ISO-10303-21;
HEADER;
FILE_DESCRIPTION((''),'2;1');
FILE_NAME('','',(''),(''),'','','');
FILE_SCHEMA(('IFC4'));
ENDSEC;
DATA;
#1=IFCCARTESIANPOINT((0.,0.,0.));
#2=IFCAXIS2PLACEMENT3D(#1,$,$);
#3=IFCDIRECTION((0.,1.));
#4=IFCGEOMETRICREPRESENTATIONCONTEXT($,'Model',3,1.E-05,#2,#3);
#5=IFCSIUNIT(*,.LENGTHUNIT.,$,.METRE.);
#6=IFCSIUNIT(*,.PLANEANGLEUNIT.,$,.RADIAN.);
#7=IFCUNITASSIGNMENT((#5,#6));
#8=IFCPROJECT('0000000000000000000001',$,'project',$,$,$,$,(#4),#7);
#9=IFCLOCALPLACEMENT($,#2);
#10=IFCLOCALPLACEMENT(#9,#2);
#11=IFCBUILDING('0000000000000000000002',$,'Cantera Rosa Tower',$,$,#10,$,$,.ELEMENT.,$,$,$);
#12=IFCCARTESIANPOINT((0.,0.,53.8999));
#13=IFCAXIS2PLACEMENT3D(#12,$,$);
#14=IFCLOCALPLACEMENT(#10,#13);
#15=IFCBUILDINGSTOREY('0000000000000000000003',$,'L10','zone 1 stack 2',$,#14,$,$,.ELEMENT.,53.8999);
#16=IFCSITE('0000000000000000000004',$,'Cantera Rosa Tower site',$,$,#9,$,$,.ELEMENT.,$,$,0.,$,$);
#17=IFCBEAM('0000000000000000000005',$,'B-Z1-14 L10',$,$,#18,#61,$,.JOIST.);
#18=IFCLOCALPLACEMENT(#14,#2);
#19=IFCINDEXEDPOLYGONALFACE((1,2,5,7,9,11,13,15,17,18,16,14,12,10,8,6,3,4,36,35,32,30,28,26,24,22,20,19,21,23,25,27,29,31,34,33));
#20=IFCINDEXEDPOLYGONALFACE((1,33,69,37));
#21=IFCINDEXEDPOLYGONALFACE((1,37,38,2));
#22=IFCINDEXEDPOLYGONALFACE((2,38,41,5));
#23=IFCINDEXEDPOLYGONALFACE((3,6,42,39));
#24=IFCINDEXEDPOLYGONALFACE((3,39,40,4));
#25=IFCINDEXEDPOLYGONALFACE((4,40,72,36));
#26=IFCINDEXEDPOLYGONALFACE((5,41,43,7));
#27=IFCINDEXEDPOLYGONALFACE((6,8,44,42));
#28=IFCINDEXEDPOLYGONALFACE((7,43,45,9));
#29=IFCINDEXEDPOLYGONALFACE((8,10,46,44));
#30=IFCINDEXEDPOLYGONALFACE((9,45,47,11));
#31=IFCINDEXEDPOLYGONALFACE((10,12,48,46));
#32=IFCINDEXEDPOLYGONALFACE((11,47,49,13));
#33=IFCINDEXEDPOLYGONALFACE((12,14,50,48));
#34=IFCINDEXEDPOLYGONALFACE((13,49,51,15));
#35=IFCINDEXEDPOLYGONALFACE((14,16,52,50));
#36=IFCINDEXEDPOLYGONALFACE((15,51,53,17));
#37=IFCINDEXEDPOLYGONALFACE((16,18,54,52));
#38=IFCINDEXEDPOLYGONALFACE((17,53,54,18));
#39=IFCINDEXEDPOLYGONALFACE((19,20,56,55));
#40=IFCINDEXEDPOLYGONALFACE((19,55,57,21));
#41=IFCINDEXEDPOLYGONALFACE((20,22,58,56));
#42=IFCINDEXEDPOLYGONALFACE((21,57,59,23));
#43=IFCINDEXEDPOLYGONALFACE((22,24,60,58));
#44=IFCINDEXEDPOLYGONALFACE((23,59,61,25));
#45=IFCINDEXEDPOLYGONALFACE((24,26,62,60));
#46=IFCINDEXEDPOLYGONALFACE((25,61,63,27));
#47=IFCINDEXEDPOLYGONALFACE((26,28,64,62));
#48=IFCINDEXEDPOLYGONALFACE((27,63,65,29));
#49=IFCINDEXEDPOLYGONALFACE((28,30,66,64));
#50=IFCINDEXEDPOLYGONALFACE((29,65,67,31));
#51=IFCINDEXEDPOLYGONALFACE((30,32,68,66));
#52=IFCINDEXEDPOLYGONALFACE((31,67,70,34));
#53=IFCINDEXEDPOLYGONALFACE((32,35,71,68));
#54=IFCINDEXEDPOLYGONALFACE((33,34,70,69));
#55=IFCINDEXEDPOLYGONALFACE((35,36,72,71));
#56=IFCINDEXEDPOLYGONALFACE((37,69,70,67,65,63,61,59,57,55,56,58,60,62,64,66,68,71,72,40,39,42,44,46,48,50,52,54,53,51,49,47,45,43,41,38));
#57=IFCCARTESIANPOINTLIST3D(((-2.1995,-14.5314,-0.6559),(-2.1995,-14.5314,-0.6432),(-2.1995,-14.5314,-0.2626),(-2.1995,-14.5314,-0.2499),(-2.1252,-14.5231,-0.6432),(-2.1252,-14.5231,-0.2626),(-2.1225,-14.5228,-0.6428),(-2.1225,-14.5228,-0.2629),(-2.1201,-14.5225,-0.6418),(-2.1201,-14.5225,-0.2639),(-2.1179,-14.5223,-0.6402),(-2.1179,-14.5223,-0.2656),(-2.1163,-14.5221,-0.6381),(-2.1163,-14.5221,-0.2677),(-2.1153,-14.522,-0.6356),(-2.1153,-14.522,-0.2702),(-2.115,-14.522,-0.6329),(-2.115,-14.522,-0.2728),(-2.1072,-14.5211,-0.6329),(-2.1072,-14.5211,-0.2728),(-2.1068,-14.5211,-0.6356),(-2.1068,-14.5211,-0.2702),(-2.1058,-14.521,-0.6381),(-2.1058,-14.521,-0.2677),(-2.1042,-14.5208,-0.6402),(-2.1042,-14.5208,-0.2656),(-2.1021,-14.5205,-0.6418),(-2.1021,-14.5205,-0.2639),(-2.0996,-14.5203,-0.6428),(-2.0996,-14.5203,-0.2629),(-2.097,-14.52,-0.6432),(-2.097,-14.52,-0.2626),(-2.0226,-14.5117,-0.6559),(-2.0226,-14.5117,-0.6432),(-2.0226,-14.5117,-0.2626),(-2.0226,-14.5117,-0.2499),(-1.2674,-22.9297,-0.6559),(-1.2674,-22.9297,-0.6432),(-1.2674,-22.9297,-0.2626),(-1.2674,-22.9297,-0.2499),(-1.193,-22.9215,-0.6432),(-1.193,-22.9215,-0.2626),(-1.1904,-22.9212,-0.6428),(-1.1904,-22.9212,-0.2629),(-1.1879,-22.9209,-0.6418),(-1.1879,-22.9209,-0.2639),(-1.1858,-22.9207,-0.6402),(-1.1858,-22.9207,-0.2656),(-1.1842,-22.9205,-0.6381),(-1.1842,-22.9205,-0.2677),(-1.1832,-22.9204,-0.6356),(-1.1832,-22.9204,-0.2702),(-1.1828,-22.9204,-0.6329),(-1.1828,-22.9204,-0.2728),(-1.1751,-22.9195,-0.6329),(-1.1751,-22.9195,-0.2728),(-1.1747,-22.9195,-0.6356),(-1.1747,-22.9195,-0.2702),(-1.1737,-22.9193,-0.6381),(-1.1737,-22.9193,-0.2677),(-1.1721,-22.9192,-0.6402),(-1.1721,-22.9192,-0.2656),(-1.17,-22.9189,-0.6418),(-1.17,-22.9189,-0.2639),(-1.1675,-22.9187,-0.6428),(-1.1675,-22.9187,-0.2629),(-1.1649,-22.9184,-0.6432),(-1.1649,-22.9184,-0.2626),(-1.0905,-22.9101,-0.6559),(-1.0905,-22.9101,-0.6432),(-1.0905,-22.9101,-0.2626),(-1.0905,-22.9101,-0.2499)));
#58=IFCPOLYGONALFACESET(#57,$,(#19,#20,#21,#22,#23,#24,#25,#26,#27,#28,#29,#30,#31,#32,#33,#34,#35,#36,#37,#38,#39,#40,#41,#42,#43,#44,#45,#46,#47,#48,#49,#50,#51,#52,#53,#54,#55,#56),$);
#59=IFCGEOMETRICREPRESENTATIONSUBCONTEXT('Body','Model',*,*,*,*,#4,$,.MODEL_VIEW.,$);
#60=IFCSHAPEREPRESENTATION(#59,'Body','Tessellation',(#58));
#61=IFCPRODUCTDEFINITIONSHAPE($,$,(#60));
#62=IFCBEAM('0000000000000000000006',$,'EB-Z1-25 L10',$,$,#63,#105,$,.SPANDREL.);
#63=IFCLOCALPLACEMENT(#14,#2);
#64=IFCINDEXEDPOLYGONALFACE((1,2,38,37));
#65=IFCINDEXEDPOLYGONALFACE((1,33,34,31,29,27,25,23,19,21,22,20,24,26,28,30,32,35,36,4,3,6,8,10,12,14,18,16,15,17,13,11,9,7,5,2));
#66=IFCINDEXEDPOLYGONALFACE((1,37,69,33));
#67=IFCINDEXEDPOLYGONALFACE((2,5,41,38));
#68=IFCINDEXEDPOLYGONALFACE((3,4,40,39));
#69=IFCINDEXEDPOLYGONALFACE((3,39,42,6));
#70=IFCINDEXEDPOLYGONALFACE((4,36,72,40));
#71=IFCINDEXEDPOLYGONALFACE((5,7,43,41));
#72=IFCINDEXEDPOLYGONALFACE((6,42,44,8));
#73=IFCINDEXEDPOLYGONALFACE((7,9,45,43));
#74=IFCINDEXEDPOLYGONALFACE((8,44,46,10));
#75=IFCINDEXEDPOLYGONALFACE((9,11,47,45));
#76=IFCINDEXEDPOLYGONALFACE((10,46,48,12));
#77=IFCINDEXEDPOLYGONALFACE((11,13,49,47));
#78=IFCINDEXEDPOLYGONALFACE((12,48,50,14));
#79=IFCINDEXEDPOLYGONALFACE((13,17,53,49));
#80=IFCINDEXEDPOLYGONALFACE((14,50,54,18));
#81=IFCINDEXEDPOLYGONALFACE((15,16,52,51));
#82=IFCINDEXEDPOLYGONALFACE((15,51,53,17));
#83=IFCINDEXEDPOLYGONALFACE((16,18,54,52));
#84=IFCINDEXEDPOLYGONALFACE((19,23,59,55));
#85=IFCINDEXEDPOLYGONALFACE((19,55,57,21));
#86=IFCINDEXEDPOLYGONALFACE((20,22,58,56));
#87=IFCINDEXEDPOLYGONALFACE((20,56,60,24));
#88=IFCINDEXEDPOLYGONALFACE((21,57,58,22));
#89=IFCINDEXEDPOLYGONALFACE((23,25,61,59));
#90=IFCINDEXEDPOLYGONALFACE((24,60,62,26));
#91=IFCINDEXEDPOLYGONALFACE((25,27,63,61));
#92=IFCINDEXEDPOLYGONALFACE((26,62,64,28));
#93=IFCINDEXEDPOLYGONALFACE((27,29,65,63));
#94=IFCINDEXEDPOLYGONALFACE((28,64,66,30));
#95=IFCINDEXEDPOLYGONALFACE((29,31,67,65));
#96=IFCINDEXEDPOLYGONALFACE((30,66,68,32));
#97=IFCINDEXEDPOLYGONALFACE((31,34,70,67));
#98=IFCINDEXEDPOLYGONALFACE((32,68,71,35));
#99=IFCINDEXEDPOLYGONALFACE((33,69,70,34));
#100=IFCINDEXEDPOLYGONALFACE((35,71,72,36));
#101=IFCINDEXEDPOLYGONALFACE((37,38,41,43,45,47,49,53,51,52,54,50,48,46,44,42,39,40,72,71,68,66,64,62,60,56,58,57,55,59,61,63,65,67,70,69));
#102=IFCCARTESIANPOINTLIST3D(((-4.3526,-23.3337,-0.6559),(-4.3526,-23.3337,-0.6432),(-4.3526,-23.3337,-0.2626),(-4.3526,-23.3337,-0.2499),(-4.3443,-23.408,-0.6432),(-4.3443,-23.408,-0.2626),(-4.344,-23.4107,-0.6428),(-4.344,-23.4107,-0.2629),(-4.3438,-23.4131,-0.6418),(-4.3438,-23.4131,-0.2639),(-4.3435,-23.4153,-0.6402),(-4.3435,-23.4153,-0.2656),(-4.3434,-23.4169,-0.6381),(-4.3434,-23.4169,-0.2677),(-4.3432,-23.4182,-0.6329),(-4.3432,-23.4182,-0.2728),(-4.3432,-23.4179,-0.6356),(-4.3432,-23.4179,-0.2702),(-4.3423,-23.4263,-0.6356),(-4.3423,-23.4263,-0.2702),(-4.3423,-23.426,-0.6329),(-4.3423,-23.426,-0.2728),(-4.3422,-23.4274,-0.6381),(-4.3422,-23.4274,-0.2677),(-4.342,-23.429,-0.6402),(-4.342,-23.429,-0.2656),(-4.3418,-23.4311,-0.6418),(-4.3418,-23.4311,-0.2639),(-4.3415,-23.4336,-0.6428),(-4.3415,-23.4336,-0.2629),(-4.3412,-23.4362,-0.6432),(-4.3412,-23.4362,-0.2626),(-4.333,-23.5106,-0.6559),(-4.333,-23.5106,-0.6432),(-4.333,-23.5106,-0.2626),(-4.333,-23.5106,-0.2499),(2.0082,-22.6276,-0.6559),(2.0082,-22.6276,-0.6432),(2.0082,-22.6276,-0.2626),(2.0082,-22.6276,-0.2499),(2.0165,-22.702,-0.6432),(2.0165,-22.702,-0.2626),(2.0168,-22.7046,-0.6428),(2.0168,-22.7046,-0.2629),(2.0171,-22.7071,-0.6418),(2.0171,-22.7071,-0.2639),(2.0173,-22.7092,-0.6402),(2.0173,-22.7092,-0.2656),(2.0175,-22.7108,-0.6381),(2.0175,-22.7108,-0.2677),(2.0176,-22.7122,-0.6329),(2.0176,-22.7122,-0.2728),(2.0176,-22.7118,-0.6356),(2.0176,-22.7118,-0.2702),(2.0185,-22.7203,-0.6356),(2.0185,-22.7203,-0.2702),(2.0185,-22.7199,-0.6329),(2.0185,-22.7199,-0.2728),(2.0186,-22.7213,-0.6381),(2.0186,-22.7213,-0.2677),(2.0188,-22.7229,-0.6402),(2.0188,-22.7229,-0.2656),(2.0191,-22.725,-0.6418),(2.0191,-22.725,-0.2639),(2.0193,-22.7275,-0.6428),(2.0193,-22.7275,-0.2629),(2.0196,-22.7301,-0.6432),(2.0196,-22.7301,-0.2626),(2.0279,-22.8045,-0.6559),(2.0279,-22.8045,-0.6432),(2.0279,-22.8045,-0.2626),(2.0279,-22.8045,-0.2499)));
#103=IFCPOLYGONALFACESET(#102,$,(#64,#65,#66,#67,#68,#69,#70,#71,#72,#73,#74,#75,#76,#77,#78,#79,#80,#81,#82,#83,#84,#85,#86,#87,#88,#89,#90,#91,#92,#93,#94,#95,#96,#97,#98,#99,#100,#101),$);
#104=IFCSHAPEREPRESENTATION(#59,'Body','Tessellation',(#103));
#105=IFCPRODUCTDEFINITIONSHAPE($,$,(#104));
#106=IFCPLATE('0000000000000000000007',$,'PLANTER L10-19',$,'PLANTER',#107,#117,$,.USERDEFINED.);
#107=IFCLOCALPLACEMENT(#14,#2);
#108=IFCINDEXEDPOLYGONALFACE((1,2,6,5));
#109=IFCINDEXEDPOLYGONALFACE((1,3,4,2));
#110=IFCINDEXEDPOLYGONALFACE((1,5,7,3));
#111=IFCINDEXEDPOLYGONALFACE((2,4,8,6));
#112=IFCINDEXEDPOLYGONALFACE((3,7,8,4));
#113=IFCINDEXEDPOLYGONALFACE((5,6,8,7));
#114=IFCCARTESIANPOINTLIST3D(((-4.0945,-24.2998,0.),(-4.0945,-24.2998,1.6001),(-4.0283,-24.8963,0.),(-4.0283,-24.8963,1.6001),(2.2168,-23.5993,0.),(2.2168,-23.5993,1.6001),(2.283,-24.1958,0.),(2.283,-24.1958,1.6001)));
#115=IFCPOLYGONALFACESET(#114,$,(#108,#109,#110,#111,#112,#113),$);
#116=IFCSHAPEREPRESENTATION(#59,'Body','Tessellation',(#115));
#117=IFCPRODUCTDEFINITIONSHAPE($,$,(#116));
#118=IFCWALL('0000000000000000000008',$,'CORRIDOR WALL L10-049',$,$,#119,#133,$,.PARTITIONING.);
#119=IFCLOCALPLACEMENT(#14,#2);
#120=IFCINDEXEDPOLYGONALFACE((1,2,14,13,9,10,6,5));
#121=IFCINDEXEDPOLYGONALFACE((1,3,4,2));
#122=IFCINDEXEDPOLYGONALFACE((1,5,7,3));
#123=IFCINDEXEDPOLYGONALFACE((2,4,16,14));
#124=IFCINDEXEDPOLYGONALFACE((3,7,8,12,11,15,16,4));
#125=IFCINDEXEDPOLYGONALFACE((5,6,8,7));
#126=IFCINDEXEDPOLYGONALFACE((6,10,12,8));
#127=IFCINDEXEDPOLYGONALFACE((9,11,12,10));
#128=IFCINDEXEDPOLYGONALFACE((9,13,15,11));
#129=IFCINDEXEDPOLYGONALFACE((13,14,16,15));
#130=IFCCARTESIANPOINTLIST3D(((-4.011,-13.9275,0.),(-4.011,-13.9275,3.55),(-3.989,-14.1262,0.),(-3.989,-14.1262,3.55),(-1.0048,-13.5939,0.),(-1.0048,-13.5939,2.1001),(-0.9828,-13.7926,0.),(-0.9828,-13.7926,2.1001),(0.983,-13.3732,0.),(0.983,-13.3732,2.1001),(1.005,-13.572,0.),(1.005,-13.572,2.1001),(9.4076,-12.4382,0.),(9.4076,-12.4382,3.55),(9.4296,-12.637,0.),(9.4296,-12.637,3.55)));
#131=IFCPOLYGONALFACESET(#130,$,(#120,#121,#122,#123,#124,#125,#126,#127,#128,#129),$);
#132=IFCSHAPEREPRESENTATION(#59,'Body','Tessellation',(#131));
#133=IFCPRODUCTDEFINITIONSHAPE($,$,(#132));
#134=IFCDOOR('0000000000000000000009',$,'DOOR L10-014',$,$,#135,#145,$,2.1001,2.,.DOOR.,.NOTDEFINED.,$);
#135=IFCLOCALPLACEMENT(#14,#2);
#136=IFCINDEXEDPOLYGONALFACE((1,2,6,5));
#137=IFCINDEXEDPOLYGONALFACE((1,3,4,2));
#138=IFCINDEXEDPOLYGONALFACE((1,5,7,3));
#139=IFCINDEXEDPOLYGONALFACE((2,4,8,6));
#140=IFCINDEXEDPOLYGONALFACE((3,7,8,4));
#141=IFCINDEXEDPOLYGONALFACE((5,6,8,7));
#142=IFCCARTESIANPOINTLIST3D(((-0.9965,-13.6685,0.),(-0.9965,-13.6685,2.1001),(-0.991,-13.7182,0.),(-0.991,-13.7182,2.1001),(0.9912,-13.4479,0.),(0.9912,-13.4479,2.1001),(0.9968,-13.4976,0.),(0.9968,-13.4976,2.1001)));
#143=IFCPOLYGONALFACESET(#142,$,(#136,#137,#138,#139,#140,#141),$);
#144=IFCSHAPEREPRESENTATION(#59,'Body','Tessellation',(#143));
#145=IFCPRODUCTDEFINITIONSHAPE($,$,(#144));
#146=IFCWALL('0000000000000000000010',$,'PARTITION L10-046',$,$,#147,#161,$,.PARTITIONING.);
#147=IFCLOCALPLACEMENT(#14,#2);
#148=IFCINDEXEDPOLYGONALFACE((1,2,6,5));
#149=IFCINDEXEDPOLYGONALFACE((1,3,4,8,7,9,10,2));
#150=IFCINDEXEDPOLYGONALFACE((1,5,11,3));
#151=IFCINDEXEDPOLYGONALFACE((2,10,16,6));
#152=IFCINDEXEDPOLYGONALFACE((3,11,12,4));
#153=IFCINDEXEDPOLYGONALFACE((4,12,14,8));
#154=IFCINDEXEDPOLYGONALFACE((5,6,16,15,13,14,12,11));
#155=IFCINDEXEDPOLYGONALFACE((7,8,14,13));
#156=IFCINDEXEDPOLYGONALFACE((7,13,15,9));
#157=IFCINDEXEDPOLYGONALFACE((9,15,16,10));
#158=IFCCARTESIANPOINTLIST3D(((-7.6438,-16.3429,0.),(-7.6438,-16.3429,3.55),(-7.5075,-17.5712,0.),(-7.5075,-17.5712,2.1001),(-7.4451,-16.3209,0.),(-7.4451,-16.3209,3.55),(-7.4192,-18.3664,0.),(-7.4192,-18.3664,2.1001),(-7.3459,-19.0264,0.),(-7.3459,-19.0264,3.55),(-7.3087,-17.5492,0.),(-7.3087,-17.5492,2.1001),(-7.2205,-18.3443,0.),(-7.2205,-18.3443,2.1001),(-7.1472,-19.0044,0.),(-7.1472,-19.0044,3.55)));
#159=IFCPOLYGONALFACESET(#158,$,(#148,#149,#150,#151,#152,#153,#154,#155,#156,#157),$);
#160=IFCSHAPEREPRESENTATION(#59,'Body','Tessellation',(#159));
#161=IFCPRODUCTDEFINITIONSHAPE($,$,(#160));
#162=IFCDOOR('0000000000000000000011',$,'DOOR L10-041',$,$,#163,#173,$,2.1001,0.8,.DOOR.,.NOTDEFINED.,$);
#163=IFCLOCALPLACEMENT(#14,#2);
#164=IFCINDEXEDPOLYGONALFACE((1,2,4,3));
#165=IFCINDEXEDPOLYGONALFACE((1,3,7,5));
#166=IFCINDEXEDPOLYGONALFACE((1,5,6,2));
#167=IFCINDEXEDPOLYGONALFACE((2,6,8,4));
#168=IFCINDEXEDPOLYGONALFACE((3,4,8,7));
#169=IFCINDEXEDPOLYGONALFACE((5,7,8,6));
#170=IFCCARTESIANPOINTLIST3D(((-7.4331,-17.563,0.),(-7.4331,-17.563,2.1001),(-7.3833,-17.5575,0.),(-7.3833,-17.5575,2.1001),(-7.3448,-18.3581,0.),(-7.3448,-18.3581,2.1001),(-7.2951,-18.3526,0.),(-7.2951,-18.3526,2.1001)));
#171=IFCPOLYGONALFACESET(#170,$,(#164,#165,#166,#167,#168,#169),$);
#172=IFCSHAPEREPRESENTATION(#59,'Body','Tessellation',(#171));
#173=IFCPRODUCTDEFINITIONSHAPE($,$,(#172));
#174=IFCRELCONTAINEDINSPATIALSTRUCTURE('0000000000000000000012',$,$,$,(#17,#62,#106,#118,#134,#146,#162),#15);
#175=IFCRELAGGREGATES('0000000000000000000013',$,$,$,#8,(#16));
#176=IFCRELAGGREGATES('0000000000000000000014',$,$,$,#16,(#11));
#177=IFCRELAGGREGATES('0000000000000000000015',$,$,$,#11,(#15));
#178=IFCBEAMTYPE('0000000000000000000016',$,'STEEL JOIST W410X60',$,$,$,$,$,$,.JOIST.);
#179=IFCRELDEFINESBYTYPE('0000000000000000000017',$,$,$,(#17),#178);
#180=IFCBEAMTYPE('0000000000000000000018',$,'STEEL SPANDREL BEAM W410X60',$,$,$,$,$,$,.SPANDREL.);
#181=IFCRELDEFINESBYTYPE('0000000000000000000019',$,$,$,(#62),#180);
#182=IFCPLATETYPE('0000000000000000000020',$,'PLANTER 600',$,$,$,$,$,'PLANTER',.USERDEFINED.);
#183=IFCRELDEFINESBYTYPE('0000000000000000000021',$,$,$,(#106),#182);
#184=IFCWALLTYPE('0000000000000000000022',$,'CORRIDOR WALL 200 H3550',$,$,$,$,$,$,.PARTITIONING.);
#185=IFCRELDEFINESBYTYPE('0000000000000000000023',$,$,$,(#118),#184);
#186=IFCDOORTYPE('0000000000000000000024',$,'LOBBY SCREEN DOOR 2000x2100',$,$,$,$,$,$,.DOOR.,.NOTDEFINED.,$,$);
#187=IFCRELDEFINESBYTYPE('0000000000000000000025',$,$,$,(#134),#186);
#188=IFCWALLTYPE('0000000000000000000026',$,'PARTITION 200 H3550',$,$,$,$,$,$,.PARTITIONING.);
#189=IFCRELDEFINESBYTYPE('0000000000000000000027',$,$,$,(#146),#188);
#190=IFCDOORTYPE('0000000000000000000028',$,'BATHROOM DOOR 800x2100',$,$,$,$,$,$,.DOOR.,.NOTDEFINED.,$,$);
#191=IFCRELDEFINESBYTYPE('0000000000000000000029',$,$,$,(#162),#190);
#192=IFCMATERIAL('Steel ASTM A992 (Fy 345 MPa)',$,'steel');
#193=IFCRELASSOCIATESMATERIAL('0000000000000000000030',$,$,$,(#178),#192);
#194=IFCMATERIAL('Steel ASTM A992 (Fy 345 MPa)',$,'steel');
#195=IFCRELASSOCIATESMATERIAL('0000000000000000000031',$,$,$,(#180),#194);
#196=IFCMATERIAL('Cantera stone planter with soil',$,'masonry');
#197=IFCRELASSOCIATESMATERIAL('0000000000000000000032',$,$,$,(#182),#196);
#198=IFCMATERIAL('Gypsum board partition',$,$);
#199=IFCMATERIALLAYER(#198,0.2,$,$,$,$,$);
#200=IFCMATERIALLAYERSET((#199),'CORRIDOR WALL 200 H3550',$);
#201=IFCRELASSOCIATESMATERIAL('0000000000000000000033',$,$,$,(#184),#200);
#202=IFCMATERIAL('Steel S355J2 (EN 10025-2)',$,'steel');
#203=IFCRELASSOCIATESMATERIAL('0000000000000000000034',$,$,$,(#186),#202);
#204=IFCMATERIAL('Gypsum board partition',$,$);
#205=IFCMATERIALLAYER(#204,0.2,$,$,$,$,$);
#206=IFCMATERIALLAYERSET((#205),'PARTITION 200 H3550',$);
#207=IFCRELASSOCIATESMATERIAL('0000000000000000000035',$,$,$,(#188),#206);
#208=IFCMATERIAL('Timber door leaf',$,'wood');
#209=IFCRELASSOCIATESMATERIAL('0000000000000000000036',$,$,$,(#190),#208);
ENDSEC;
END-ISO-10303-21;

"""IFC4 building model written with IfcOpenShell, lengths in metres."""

from ifc_helpers import new_model, si_unit, direction, frame, frame_2d, origin, origin_2d, place, context, subcontext, project, spatial, rectangle, i_section, extrude, material, layer, layer_set, material_profile, profile_set, type_object, element, fill, save


model = new_model("IFC4")

# Units and contexts
model_context = context("Model", 3, precision=1e-05, world=origin(), true_north=direction((0.0, 1.0)))
body_context = subcontext(model_context, "Body", "Model", "MODEL_VIEW")
ifc_project = project(units=[si_unit("LENGTHUNIT", "METRE"), si_unit("PLANEANGLEUNIT", "RADIAN")], contexts=[model_context])

# Site, building, storey
site_placement = place(None, origin())
site = spatial("IfcSite", under=ifc_project, at=site_placement, Name="Cantera Rosa Tower site", CompositionType="ELEMENT", RefElevation=0.0)
building_placement = place(site_placement, origin())
building = spatial("IfcBuilding", under=site, at=building_placement, Name="Cantera Rosa Tower", CompositionType="ELEMENT")
storey_placement = place(building_placement, frame((0.0, 0.0, 53.8999)))
storey = spatial("IfcBuildingStorey", under=building, at=storey_placement, Name="L10", Description="zone 1 stack 2", CompositionType="ELEMENT", Elevation=53.8999)

# Beams
ifc_material_1 = material(Name="Steel ASTM A992 (Fy 345 MPa)", Category="steel")
ifc_material_profile_1 = material_profile(ifc_material_1, i_section(OverallWidth=0.178, OverallDepth=0.406, WebThickness=0.0078, FlangeThickness=0.0127, FilletRadius=0.0103, at=origin_2d()), Name="W410X60")
ifc_profile_set_1 = profile_set([ifc_material_profile_1], Name="Steel ASTM A992 (Fy 345 MPa)")
beam_type_1 = type_object("IfcBeamType", Name="STEEL JOIST W410X60", PredefinedType="JOIST", material=ifc_profile_set_1)
beam_1_placement = place(storey_placement, frame((-1.179, -22.9199, -0.4529), z_axis=(-0.110311, 0.993897, 0.0), x_axis=(-0.993897, -0.110311, 0.0)))
element("IfcBeam", 1, at=beam_1_placement, inside=storey, type_object=beam_type_1, Name="B-Z1-14 L10", PredefinedType="JOIST", context=body_context, shape_type="SweptSolid", body=[
    extrude(i_section(OverallWidth=0.178, OverallDepth=0.406, WebThickness=0.0078, FlangeThickness=0.0127, FilletRadius=0.0103, at=origin_2d()), origin(), (0.0, 0.0, 1.0), 8.45),
])
ifc_material_2 = material(Name="Steel ASTM A992 (Fy 345 MPa)", Category="steel")
ifc_material_profile_2 = material_profile(ifc_material_2, i_section(OverallWidth=0.178, OverallDepth=0.406, WebThickness=0.0078, FlangeThickness=0.0127, FilletRadius=0.0103, at=origin_2d()), Name="W410X60")
ifc_profile_set_2 = profile_set([ifc_material_profile_2], Name="Steel ASTM A992 (Fy 345 MPa)")
beam_type_2 = type_object("IfcBeamType", Name="STEEL SPANDREL BEAM W410X60", PredefinedType="SPANDREL", material=ifc_profile_set_2)
beam_2_placement = place(storey_placement, frame((-4.3428, -23.4221, -0.4529), z_axis=(0.993896, 0.110323, 0.0), x_axis=(-0.110323, 0.993896, 0.0)))
element("IfcBeam", 2, at=beam_2_placement, inside=storey, type_object=beam_type_2, Name="EB-Z1-25 L10", PredefinedType="SPANDREL", context=body_context, shape_type="SweptSolid", body=[
    extrude(i_section(OverallWidth=0.178, OverallDepth=0.406, WebThickness=0.0078, FlangeThickness=0.0127, FilletRadius=0.0103, at=origin_2d()), origin(), (0.0, 0.0, 1.0), 6.3999),
])

# Plate
ifc_material_3 = material(Name="Cantera stone planter with soil", Category="masonry")
plate_type = type_object("IfcPlateType", Name="PLANTER 600", ElementType="PLANTER", PredefinedType="USERDEFINED", material=ifc_material_3)
plate_placement = place(storey_placement, frame((-0.9058, -24.2478, 0.0), z_axis=(0.0, 0.0, 1.0), x_axis=(0.993897, 0.110313, 0.0)))
element("IfcPlate", 3, at=plate_placement, inside=storey, type_object=plate_type, Name="PLANTER L10-19", ObjectType="PLANTER", PredefinedType="USERDEFINED", context=body_context, shape_type="SweptSolid", body=[
    extrude(rectangle(XDim=6.3501, YDim=0.6001, at=origin_2d()), origin(), (0.0, 0.0, 1.0), 1.6001),
])

# Wall, opening, door
ifc_material_4 = material(Name="Gypsum board partition")
ifc_layer_1 = layer(ifc_material_4, 0.2)
ifc_layer_set_1 = layer_set([ifc_layer_1], Name="CORRIDOR WALL 200 H3550")
wall_type_1 = type_object("IfcWallType", Name="CORRIDOR WALL 200 H3550", PredefinedType="PARTITIONING", material=ifc_layer_set_1)
wall_1_placement = place(storey_placement, frame((-4.0, -14.0269, 0.0), z_axis=(0.0, 0.0, 1.0), x_axis=(0.993898, 0.110306, 0.0)))
wall_1 = element("IfcWall", 4, at=wall_1_placement, inside=storey, type_object=wall_type_1, Name="CORRIDOR WALL L10-049", PredefinedType="PARTITIONING", context=body_context, shape_type="SweptSolid", body=[
    extrude(rectangle(XDim=13.501, YDim=0.2, at=frame_2d((6.7505, 0.0))), origin(), (0.0, 0.0, 1.0), 3.55),
])
opening_1_placement = place(wall_1_placement, frame((3.0247, 0.0, 0.0)))
opening_1 = element("IfcOpeningElement", 5, at=opening_1_placement, cuts=wall_1, PredefinedType="OPENING", context=body_context, shape_type="SweptSolid", body=[
    extrude(rectangle(XDim=2.0, YDim=2.1001, at=frame_2d((1.0, 1.05))), frame((0.0, 0.1099, 0.0), z_axis=(0.0, -1.0, 0.0), x_axis=(1.0, 0.0, 0.0)), (0.0, 0.0, 1.0), 0.22),
])
ifc_material_5 = material(Name="Steel S355J2 (EN 10025-2)", Category="steel")
door_type_1 = type_object("IfcDoorType", Name="LOBBY SCREEN DOOR 2000x2100", OperationType="NOTDEFINED", PredefinedType="DOOR", material=ifc_material_5)
door_1_placement = place(opening_1_placement, origin())
door_1 = element("IfcDoor", 6, at=door_1_placement, inside=storey, type_object=door_type_1, Name="DOOR L10-014", OperationType="NOTDEFINED", OverallHeight=2.1001, OverallWidth=2.0, PredefinedType="DOOR", context=body_context, shape_type="SweptSolid", body=[
    extrude(rectangle(XDim=2.0, YDim=2.1001, at=frame_2d((1.0, 1.05))), frame((0.0, 0.0249, 0.0), z_axis=(0.0, -1.0, 0.0), x_axis=(1.0, 0.0, 0.0)), (0.0, 0.0, 1.0), 0.05),
])
fill(opening_1, door_1)

# Wall, opening, door
ifc_material_6 = material(Name="Gypsum board partition")
ifc_layer_2 = layer(ifc_material_6, 0.2)
ifc_layer_set_2 = layer_set([ifc_layer_2], Name="PARTITION 200 H3550")
wall_type_2 = type_object("IfcWallType", Name="PARTITION 200 H3550", PredefinedType="PARTITIONING", material=ifc_layer_set_2)
wall_2_placement = place(storey_placement, frame((-7.5444, -16.3318, 0.0), z_axis=(0.0, 0.0, 1.0), x_axis=(0.110312, -0.993897, 0.0)))
wall_2 = element("IfcWall", 7, at=wall_2_placement, inside=storey, type_object=wall_type_2, Name="PARTITION L10-046", PredefinedType="PARTITIONING", context=body_context, shape_type="SweptSolid", body=[
    extrude(rectangle(XDim=2.7, YDim=0.2, at=frame_2d((1.3501, 0.0))), origin(), (0.0, 0.0, 1.0), 3.55),
])
opening_2_placement = place(wall_2_placement, frame((1.2361, 0.0, 0.0)))
opening_2 = element("IfcOpeningElement", 8, at=opening_2_placement, cuts=wall_2, PredefinedType="OPENING", context=body_context, shape_type="SweptSolid", body=[
    extrude(rectangle(XDim=0.8, YDim=2.1001, at=frame_2d((0.3999, 1.05))), frame((0.0, 0.1099, 0.0), z_axis=(0.0, -1.0, 0.0), x_axis=(1.0, 0.0, 0.0)), (0.0, 0.0, 1.0), 0.22),
])
ifc_material_7 = material(Name="Timber door leaf", Category="wood")
door_type_2 = type_object("IfcDoorType", Name="BATHROOM DOOR 800x2100", OperationType="NOTDEFINED", PredefinedType="DOOR", material=ifc_material_7)
door_2_placement = place(opening_2_placement, origin())
door_2 = element("IfcDoor", 9, at=door_2_placement, inside=storey, type_object=door_type_2, Name="DOOR L10-041", OperationType="NOTDEFINED", OverallHeight=2.1001, OverallWidth=0.8, PredefinedType="DOOR", context=body_context, shape_type="SweptSolid", body=[
    extrude(rectangle(XDim=0.8, YDim=2.1001, at=frame_2d((0.3999, 1.05))), frame((0.0, 0.0249, 0.0), z_axis=(0.0, -1.0, 0.0), x_axis=(1.0, 0.0, 0.0)), (0.0, 0.0, 1.0), 0.05),
])
fill(opening_2, door_2)

save(model, "model.ifc")
